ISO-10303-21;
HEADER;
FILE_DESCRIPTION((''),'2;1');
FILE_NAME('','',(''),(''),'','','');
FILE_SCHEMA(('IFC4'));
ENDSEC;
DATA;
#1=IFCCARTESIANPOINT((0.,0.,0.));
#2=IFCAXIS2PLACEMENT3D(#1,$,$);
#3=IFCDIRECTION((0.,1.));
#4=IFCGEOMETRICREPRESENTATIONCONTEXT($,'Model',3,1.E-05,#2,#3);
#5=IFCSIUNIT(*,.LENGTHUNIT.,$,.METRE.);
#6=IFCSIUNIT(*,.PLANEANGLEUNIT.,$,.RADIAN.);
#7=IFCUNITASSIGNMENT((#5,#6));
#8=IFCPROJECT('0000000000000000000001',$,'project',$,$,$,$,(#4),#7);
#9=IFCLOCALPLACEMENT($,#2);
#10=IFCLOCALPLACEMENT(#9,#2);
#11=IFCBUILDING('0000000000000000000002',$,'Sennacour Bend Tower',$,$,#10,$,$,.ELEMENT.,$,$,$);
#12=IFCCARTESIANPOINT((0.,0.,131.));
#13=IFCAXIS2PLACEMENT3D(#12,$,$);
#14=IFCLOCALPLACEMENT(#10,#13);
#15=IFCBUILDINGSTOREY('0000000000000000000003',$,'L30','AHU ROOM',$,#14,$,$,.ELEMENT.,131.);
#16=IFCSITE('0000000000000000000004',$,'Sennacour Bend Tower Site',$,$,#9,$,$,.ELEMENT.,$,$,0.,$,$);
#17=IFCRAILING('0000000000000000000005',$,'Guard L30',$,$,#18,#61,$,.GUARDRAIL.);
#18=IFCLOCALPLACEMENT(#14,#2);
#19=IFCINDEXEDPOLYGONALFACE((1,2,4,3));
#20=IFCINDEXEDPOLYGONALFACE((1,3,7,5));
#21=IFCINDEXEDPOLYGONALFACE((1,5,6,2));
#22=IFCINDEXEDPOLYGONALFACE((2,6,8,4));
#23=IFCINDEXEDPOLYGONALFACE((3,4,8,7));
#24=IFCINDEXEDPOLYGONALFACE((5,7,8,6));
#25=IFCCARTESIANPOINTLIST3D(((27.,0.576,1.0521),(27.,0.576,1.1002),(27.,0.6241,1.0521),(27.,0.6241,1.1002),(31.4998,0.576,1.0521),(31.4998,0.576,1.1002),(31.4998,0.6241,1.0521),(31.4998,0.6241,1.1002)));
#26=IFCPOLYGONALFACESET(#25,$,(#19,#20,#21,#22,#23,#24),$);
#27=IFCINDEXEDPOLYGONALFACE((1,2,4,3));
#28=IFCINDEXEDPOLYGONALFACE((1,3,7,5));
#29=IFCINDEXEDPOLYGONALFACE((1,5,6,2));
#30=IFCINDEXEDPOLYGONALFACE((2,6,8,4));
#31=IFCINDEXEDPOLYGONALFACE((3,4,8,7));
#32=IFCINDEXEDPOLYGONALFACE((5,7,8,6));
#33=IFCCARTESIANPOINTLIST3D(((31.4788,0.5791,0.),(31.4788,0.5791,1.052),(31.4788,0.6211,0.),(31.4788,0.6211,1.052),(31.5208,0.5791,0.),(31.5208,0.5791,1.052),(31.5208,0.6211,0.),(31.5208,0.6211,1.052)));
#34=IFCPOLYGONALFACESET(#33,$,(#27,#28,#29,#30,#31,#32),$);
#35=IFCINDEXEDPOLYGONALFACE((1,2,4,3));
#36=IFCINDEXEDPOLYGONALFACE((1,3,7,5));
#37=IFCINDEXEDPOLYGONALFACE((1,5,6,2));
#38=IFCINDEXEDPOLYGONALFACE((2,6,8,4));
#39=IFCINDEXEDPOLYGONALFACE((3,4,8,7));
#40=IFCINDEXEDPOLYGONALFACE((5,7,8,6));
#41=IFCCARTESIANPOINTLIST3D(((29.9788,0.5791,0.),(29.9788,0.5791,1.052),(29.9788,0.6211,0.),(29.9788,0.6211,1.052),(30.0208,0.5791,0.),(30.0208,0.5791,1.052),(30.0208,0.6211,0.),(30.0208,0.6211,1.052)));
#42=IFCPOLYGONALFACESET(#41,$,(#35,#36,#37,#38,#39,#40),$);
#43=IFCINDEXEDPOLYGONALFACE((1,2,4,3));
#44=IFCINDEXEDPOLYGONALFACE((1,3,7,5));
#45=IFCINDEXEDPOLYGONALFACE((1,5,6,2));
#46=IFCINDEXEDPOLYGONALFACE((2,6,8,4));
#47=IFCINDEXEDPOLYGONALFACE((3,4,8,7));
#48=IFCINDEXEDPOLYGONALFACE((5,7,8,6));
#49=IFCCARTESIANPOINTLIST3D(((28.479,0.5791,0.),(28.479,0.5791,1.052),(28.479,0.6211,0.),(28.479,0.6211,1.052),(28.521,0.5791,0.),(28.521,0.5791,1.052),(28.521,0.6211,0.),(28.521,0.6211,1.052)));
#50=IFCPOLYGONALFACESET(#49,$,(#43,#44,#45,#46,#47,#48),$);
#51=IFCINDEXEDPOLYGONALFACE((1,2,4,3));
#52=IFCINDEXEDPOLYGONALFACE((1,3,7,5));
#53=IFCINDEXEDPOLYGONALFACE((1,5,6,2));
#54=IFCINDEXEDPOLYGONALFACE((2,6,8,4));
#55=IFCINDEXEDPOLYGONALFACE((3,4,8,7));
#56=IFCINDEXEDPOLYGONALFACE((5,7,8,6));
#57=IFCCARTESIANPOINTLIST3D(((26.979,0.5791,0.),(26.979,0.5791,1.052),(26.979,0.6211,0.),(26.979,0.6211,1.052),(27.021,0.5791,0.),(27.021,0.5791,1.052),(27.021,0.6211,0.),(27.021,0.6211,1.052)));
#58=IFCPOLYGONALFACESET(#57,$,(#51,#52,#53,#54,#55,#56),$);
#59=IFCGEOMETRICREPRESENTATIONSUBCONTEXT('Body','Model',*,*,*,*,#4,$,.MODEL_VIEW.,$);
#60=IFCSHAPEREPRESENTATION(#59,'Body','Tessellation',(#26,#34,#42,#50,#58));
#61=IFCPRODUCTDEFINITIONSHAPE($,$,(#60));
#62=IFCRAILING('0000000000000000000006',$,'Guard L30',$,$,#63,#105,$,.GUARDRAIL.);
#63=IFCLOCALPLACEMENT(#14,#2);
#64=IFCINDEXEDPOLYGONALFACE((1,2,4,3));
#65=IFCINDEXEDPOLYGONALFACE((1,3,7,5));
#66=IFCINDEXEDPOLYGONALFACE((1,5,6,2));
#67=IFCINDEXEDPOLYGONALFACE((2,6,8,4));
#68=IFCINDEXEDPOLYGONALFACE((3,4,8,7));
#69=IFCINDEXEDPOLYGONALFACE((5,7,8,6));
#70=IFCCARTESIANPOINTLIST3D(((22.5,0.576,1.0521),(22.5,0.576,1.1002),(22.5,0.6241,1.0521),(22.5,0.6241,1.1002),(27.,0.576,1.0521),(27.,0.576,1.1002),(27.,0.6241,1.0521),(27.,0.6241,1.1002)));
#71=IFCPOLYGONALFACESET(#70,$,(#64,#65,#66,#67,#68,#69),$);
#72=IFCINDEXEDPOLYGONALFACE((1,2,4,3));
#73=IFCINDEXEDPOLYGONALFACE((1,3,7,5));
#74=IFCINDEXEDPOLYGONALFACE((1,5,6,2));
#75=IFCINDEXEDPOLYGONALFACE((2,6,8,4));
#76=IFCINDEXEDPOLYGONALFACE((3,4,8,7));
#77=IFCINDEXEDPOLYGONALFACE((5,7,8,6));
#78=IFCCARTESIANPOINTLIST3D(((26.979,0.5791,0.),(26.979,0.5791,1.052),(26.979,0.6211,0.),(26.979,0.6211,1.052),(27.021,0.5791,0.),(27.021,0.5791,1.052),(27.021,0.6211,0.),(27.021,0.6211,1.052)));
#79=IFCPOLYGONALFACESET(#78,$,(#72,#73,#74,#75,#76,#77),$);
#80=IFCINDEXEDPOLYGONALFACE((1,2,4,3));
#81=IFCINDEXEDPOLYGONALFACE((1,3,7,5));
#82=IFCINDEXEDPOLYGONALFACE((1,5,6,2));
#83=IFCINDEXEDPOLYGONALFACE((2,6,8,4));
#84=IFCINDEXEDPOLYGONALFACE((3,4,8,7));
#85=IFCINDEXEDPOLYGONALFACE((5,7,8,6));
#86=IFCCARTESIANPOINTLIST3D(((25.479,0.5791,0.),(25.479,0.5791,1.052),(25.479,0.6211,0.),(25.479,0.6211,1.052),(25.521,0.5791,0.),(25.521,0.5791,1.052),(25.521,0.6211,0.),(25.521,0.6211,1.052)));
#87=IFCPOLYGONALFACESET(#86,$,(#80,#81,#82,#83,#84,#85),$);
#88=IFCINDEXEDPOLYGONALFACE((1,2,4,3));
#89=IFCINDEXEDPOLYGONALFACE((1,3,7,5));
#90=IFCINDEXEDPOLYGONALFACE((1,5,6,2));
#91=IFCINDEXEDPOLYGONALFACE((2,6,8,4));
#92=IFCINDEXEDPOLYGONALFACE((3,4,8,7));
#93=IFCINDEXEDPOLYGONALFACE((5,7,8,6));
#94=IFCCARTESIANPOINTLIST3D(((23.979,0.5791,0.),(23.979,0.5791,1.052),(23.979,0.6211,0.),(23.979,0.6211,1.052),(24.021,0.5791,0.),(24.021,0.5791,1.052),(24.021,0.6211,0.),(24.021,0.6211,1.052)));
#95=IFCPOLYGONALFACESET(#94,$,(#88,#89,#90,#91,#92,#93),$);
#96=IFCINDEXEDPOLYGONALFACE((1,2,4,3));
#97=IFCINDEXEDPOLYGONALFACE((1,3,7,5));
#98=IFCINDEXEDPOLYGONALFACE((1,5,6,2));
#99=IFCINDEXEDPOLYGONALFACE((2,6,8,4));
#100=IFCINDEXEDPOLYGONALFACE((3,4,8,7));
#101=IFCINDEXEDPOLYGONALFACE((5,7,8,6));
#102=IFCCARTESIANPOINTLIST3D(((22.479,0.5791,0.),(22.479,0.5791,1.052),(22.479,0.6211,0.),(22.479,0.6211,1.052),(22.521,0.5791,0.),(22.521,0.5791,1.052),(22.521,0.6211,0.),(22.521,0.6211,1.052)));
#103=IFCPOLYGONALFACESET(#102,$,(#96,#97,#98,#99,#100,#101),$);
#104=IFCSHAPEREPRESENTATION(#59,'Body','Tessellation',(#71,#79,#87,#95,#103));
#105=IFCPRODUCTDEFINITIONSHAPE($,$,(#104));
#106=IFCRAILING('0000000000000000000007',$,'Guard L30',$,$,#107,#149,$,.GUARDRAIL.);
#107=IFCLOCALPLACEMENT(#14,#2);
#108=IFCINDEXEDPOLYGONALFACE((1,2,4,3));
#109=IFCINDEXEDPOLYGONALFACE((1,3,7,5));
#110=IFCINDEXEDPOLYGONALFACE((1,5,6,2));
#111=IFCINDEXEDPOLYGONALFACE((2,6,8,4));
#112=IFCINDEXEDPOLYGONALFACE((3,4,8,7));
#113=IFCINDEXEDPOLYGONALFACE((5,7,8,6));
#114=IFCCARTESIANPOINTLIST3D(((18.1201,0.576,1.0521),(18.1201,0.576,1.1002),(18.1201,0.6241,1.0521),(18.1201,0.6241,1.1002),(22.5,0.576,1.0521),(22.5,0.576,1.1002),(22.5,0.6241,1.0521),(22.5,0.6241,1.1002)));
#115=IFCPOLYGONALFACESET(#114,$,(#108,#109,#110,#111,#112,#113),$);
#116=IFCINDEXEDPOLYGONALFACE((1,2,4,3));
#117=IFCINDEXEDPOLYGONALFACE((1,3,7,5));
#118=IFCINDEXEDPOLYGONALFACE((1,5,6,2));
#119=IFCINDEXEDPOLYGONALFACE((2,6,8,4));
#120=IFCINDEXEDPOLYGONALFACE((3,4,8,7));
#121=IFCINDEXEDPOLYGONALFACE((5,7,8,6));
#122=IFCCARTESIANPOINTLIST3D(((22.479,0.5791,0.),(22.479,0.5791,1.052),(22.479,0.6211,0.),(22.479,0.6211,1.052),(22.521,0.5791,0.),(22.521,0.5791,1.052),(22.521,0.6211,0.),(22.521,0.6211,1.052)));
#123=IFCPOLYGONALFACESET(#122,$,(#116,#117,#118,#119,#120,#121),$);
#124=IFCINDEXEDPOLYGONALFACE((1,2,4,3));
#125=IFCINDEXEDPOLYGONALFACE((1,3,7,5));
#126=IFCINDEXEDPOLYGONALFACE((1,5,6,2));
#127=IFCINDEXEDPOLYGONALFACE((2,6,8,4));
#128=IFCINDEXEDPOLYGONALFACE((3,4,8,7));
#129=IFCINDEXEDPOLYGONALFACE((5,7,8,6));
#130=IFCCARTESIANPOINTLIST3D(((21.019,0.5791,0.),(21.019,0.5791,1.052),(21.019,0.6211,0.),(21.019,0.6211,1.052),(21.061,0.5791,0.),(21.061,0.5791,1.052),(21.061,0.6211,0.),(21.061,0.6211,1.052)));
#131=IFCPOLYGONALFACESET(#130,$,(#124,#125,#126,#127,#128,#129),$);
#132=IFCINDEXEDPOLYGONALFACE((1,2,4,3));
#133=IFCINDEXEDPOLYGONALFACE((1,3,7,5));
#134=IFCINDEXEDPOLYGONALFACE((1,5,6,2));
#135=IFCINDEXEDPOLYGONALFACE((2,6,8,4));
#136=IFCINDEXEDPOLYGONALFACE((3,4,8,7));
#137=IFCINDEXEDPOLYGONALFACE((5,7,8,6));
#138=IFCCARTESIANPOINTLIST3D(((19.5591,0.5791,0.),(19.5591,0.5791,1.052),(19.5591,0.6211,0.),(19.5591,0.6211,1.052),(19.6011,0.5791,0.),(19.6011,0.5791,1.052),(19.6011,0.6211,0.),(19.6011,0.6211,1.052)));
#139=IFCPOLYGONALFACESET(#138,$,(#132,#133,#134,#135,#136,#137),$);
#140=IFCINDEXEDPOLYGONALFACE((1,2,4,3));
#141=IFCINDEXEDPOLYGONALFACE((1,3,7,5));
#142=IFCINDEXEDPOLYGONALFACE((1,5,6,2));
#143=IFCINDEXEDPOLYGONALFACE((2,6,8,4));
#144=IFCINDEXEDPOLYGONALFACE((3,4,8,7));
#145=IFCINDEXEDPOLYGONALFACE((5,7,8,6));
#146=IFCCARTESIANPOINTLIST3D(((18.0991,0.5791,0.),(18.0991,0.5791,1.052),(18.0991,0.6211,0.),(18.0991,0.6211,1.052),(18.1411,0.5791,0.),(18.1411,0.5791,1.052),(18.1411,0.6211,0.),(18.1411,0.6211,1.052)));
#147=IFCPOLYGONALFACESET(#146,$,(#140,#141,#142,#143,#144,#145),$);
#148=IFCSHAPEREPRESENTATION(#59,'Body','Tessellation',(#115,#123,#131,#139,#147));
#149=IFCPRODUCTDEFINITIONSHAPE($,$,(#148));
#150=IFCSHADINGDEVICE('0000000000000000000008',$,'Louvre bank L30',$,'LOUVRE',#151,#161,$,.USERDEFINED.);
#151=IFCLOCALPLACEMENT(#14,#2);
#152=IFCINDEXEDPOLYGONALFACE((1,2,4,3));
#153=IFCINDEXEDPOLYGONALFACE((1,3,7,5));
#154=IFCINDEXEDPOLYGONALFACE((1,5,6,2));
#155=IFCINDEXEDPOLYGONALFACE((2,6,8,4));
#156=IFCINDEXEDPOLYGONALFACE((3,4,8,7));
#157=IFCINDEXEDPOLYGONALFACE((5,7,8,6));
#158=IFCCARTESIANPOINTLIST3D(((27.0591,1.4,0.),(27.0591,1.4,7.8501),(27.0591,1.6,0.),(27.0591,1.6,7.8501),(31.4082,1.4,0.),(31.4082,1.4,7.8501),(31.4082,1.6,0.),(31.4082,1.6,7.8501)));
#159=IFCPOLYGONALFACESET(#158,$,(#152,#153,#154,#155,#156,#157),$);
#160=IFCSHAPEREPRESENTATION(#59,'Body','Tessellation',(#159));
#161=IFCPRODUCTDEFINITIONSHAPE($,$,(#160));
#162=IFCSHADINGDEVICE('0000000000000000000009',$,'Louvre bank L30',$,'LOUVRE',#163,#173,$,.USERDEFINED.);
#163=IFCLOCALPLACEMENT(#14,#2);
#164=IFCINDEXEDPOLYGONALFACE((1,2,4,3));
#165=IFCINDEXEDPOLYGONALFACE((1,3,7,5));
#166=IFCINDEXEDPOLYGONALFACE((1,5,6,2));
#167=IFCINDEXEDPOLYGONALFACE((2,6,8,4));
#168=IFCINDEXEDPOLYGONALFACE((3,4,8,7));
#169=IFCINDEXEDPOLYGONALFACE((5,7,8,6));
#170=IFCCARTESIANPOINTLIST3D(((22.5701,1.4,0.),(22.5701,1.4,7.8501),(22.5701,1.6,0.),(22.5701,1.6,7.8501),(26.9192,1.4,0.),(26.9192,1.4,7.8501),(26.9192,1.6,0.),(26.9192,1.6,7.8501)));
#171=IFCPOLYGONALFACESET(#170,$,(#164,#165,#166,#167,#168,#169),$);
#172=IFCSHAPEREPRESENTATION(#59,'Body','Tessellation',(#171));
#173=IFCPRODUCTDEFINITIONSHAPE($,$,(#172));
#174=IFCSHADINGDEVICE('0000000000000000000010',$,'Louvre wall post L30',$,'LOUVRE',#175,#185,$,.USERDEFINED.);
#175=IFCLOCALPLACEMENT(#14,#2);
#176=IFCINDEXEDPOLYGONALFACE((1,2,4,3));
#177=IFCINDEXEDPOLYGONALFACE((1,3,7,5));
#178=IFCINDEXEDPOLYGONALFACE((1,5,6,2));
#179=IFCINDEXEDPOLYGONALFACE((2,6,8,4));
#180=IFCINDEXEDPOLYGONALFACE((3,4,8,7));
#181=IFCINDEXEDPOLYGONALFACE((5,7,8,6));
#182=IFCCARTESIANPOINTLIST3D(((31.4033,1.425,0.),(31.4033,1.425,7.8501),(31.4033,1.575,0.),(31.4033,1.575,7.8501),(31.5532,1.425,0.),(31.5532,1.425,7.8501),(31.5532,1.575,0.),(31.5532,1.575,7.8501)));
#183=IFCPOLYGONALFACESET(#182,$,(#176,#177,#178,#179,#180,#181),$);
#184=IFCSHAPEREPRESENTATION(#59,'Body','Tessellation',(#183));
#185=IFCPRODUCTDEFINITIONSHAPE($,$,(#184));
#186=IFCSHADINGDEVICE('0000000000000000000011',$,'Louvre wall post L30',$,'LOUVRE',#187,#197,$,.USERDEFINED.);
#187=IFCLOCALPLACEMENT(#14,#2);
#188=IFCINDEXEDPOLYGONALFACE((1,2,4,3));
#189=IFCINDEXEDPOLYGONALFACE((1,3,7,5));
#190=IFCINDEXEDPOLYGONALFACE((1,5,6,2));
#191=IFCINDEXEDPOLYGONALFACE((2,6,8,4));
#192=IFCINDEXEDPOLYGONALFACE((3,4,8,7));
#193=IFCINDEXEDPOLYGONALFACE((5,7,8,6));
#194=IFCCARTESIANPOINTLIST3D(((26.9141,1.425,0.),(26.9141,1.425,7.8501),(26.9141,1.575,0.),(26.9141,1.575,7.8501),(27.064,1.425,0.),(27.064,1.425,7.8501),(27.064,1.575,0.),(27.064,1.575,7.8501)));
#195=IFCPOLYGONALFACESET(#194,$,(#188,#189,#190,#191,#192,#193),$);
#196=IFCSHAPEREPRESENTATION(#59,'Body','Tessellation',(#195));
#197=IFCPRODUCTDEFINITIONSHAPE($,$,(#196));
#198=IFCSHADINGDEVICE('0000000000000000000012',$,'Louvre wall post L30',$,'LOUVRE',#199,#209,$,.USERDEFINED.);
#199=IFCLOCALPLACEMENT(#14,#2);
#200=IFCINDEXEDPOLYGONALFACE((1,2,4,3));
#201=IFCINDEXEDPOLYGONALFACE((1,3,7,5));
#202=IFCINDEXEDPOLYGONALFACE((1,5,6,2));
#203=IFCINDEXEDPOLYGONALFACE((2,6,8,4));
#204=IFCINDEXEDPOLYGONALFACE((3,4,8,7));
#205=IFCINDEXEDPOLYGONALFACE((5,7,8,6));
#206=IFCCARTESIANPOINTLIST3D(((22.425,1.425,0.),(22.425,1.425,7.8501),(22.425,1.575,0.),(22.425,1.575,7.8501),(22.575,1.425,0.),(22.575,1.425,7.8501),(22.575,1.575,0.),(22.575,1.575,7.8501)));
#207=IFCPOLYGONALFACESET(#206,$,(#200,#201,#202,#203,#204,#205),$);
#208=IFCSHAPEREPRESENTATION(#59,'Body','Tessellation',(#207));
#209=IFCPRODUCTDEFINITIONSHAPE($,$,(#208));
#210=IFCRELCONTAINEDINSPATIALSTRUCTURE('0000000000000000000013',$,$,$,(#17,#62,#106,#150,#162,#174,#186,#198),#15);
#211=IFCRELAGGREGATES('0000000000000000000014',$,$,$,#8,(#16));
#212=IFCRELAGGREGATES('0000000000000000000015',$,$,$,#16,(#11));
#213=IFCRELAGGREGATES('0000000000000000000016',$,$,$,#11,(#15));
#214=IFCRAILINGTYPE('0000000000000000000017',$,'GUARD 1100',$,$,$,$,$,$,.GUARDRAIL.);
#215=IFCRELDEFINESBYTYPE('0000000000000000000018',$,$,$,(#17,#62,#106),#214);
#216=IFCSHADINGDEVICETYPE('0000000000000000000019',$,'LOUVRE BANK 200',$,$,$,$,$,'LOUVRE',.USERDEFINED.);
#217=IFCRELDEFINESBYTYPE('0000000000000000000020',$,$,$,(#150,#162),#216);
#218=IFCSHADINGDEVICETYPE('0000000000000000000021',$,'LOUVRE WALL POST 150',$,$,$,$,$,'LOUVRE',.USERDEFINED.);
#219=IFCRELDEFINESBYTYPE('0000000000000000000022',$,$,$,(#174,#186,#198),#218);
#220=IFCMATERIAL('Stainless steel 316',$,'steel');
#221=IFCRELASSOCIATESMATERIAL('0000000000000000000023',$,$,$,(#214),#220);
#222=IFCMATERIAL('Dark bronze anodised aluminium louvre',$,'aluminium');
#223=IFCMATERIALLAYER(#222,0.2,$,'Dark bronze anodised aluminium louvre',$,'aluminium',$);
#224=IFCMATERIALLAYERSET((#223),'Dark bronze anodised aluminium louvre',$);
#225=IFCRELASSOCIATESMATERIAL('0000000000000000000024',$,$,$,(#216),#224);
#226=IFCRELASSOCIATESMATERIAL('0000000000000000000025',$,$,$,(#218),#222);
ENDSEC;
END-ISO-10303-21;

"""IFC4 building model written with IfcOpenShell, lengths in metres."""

from ifc_helpers import new_model, si_unit, direction, frame, origin, origin_2d, place, context, subcontext, project, spatial, rectangle, extrude, material, layer, layer_set, type_object, element, save


model = new_model("IFC4")

# Units and contexts
model_context = context("Model", 3, precision=1e-05, world=origin(), true_north=direction((0.0, 1.0)))
body_context = subcontext(model_context, "Body", "Model", "MODEL_VIEW")
ifc_project = project(units=[si_unit("LENGTHUNIT", "METRE"), si_unit("PLANEANGLEUNIT", "RADIAN")], contexts=[model_context])

# Site, building, storey
site_placement = place(None, origin())
site = spatial("IfcSite", under=ifc_project, at=site_placement, Name="Sennacour Bend Tower Site", CompositionType="ELEMENT", RefElevation=0.0)
building_placement = place(site_placement, origin())
building = spatial("IfcBuilding", under=site, at=building_placement, Name="Sennacour Bend Tower", CompositionType="ELEMENT")
storey_placement = place(building_placement, frame((0.0, 0.0, 131.0)))
storey = spatial("IfcBuildingStorey", under=building, at=storey_placement, Name="L30", Description="AHU ROOM", CompositionType="ELEMENT", Elevation=131.0)

# Railings
ifc_material_1 = material(Name="Stainless steel 316", Category="steel")
railing_type = type_object("IfcRailingType", Name="GUARD 1100", PredefinedType="GUARDRAIL", material=ifc_material_1)
railing_1_placement = place(storey_placement, frame((31.4998, 0.6001, 0.0)))
element("IfcRailing", 1, at=railing_1_placement, inside=storey, type_object=railing_type, Name="Guard L30", PredefinedType="GUARDRAIL", context=body_context, shape_type="SweptSolid", body=[
    extrude(rectangle(XDim=0.0481, YDim=0.0481, at=origin_2d()), frame((0.0, 0.0, 1.0762), z_axis=(-1.0, 0.0, 0.0), x_axis=(0.0, -1.0, 0.0)), (0.0, 0.0, 1.0), 4.4998),
    extrude(rectangle(XDim=0.042, YDim=0.042, at=origin_2d()), origin(), (0.0, 0.0, 1.0), 1.052),
    extrude(rectangle(XDim=0.042, YDim=0.042, at=origin_2d()), frame((-1.5, 0.0, 0.0)), (0.0, 0.0, 1.0), 1.052),
    extrude(rectangle(XDim=0.042, YDim=0.042, at=origin_2d()), frame((-2.9998, 0.0, 0.0)), (0.0, 0.0, 1.0), 1.052),
    extrude(rectangle(XDim=0.042, YDim=0.042, at=origin_2d()), frame((-4.4998, 0.0, 0.0)), (0.0, 0.0, 1.0), 1.052),
])
railing_2_placement = place(storey_placement, frame((27.0, 0.6001, 0.0)))
element("IfcRailing", 2, at=railing_2_placement, inside=storey, type_object=railing_type, Name="Guard L30", PredefinedType="GUARDRAIL", context=body_context, shape_type="SweptSolid", body=[
    extrude(rectangle(XDim=0.0481, YDim=0.0481, at=origin_2d()), frame((0.0, 0.0, 1.0762), z_axis=(-1.0, 0.0, 0.0), x_axis=(0.0, -1.0, 0.0)), (0.0, 0.0, 1.0), 4.5),
    extrude(rectangle(XDim=0.042, YDim=0.042, at=origin_2d()), origin(), (0.0, 0.0, 1.0), 1.052),
    extrude(rectangle(XDim=0.042, YDim=0.042, at=origin_2d()), frame((-1.5, 0.0, 0.0)), (0.0, 0.0, 1.0), 1.052),
    extrude(rectangle(XDim=0.042, YDim=0.042, at=origin_2d()), frame((-3.0, 0.0, 0.0)), (0.0, 0.0, 1.0), 1.052),
    extrude(rectangle(XDim=0.042, YDim=0.042, at=origin_2d()), frame((-4.5, 0.0, 0.0)), (0.0, 0.0, 1.0), 1.052),
])
railing_3_placement = place(storey_placement, frame((22.5, 0.6001, 0.0)))
element("IfcRailing", 3, at=railing_3_placement, inside=storey, type_object=railing_type, Name="Guard L30", PredefinedType="GUARDRAIL", context=body_context, shape_type="SweptSolid", body=[
    extrude(rectangle(XDim=0.0481, YDim=0.0481, at=origin_2d()), frame((0.0, 0.0, 1.0762), z_axis=(-1.0, 0.0, 0.0), x_axis=(0.0, -1.0, 0.0)), (0.0, 0.0, 1.0), 4.3799),
    extrude(rectangle(XDim=0.042, YDim=0.042, at=origin_2d()), origin(), (0.0, 0.0, 1.0), 1.052),
    extrude(rectangle(XDim=0.042, YDim=0.042, at=origin_2d()), frame((-1.46, 0.0, 0.0)), (0.0, 0.0, 1.0), 1.052),
    extrude(rectangle(XDim=0.042, YDim=0.042, at=origin_2d()), frame((-2.9199, 0.0, 0.0)), (0.0, 0.0, 1.0), 1.052),
    extrude(rectangle(XDim=0.042, YDim=0.042, at=origin_2d()), frame((-4.3799, 0.0, 0.0)), (0.0, 0.0, 1.0), 1.052),
])

# Shading devices
ifc_material_2 = material(Name="Dark bronze anodised aluminium louvre", Category="aluminium")
ifc_layer_1 = layer(ifc_material_2, 0.2, Name="Dark bronze anodised aluminium louvre", Category="aluminium")
ifc_layer_set_1 = layer_set([ifc_layer_1], Name="Dark bronze anodised aluminium louvre")
shading_device_type_1 = type_object("IfcShadingDeviceType", Name="LOUVRE BANK 200", ElementType="LOUVRE", PredefinedType="USERDEFINED", material=ifc_layer_set_1)
for number, where, z_axis, x_axis, name in (
    (4, (29.2336, 1.5, 0.0), (0.0, 0.0, 1.0), (-1.0, 0.0, 0.0), "Louvre bank L30"),
    (5, (24.7446, 1.5, 0.0), (0.0, 0.0, 1.0), (-1.0, 0.0, 0.0), "Louvre bank L30"),
):
    element("IfcShadingDevice", number, at=place(storey_placement, frame(where, z_axis=z_axis, x_axis=x_axis)), inside=storey, type_object=shading_device_type_1, Name=name, ObjectType="LOUVRE", PredefinedType="USERDEFINED", context=body_context, shape_type="SweptSolid", body=[
        extrude(rectangle(XDim=4.3491, YDim=0.2, at=origin_2d()), origin(), (0.0, 0.0, 1.0), 7.8501),
    ])
shading_device_type_2 = type_object("IfcShadingDeviceType", Name="LOUVRE WALL POST 150", ElementType="LOUVRE", PredefinedType="USERDEFINED", material=ifc_material_2)
for number, where, z_axis, x_axis, name in (
    (6, (31.4783, 1.5, 0.0), (0.0, 0.0, 1.0), (1.0, 0.0, 0.0), "Louvre wall post L30"),
    (7, (26.989, 1.5, 0.0), (0.0, 0.0, 1.0), (1.0, 0.0, 0.0), "Louvre wall post L30"),
    (8, (22.5, 1.5, 0.0), (0.0, 0.0, 1.0), (1.0, 0.0, 0.0), "Louvre wall post L30"),
):
    element("IfcShadingDevice", number, at=place(storey_placement, frame(where, z_axis=z_axis, x_axis=x_axis)), inside=storey, type_object=shading_device_type_2, Name=name, ObjectType="LOUVRE", PredefinedType="USERDEFINED", context=body_context, shape_type="SweptSolid", body=[
        extrude(rectangle(XDim=0.1499, YDim=0.1499, at=origin_2d()), origin(), (0.0, 0.0, 1.0), 7.8501),
    ])

save(model, "model.ifc")
